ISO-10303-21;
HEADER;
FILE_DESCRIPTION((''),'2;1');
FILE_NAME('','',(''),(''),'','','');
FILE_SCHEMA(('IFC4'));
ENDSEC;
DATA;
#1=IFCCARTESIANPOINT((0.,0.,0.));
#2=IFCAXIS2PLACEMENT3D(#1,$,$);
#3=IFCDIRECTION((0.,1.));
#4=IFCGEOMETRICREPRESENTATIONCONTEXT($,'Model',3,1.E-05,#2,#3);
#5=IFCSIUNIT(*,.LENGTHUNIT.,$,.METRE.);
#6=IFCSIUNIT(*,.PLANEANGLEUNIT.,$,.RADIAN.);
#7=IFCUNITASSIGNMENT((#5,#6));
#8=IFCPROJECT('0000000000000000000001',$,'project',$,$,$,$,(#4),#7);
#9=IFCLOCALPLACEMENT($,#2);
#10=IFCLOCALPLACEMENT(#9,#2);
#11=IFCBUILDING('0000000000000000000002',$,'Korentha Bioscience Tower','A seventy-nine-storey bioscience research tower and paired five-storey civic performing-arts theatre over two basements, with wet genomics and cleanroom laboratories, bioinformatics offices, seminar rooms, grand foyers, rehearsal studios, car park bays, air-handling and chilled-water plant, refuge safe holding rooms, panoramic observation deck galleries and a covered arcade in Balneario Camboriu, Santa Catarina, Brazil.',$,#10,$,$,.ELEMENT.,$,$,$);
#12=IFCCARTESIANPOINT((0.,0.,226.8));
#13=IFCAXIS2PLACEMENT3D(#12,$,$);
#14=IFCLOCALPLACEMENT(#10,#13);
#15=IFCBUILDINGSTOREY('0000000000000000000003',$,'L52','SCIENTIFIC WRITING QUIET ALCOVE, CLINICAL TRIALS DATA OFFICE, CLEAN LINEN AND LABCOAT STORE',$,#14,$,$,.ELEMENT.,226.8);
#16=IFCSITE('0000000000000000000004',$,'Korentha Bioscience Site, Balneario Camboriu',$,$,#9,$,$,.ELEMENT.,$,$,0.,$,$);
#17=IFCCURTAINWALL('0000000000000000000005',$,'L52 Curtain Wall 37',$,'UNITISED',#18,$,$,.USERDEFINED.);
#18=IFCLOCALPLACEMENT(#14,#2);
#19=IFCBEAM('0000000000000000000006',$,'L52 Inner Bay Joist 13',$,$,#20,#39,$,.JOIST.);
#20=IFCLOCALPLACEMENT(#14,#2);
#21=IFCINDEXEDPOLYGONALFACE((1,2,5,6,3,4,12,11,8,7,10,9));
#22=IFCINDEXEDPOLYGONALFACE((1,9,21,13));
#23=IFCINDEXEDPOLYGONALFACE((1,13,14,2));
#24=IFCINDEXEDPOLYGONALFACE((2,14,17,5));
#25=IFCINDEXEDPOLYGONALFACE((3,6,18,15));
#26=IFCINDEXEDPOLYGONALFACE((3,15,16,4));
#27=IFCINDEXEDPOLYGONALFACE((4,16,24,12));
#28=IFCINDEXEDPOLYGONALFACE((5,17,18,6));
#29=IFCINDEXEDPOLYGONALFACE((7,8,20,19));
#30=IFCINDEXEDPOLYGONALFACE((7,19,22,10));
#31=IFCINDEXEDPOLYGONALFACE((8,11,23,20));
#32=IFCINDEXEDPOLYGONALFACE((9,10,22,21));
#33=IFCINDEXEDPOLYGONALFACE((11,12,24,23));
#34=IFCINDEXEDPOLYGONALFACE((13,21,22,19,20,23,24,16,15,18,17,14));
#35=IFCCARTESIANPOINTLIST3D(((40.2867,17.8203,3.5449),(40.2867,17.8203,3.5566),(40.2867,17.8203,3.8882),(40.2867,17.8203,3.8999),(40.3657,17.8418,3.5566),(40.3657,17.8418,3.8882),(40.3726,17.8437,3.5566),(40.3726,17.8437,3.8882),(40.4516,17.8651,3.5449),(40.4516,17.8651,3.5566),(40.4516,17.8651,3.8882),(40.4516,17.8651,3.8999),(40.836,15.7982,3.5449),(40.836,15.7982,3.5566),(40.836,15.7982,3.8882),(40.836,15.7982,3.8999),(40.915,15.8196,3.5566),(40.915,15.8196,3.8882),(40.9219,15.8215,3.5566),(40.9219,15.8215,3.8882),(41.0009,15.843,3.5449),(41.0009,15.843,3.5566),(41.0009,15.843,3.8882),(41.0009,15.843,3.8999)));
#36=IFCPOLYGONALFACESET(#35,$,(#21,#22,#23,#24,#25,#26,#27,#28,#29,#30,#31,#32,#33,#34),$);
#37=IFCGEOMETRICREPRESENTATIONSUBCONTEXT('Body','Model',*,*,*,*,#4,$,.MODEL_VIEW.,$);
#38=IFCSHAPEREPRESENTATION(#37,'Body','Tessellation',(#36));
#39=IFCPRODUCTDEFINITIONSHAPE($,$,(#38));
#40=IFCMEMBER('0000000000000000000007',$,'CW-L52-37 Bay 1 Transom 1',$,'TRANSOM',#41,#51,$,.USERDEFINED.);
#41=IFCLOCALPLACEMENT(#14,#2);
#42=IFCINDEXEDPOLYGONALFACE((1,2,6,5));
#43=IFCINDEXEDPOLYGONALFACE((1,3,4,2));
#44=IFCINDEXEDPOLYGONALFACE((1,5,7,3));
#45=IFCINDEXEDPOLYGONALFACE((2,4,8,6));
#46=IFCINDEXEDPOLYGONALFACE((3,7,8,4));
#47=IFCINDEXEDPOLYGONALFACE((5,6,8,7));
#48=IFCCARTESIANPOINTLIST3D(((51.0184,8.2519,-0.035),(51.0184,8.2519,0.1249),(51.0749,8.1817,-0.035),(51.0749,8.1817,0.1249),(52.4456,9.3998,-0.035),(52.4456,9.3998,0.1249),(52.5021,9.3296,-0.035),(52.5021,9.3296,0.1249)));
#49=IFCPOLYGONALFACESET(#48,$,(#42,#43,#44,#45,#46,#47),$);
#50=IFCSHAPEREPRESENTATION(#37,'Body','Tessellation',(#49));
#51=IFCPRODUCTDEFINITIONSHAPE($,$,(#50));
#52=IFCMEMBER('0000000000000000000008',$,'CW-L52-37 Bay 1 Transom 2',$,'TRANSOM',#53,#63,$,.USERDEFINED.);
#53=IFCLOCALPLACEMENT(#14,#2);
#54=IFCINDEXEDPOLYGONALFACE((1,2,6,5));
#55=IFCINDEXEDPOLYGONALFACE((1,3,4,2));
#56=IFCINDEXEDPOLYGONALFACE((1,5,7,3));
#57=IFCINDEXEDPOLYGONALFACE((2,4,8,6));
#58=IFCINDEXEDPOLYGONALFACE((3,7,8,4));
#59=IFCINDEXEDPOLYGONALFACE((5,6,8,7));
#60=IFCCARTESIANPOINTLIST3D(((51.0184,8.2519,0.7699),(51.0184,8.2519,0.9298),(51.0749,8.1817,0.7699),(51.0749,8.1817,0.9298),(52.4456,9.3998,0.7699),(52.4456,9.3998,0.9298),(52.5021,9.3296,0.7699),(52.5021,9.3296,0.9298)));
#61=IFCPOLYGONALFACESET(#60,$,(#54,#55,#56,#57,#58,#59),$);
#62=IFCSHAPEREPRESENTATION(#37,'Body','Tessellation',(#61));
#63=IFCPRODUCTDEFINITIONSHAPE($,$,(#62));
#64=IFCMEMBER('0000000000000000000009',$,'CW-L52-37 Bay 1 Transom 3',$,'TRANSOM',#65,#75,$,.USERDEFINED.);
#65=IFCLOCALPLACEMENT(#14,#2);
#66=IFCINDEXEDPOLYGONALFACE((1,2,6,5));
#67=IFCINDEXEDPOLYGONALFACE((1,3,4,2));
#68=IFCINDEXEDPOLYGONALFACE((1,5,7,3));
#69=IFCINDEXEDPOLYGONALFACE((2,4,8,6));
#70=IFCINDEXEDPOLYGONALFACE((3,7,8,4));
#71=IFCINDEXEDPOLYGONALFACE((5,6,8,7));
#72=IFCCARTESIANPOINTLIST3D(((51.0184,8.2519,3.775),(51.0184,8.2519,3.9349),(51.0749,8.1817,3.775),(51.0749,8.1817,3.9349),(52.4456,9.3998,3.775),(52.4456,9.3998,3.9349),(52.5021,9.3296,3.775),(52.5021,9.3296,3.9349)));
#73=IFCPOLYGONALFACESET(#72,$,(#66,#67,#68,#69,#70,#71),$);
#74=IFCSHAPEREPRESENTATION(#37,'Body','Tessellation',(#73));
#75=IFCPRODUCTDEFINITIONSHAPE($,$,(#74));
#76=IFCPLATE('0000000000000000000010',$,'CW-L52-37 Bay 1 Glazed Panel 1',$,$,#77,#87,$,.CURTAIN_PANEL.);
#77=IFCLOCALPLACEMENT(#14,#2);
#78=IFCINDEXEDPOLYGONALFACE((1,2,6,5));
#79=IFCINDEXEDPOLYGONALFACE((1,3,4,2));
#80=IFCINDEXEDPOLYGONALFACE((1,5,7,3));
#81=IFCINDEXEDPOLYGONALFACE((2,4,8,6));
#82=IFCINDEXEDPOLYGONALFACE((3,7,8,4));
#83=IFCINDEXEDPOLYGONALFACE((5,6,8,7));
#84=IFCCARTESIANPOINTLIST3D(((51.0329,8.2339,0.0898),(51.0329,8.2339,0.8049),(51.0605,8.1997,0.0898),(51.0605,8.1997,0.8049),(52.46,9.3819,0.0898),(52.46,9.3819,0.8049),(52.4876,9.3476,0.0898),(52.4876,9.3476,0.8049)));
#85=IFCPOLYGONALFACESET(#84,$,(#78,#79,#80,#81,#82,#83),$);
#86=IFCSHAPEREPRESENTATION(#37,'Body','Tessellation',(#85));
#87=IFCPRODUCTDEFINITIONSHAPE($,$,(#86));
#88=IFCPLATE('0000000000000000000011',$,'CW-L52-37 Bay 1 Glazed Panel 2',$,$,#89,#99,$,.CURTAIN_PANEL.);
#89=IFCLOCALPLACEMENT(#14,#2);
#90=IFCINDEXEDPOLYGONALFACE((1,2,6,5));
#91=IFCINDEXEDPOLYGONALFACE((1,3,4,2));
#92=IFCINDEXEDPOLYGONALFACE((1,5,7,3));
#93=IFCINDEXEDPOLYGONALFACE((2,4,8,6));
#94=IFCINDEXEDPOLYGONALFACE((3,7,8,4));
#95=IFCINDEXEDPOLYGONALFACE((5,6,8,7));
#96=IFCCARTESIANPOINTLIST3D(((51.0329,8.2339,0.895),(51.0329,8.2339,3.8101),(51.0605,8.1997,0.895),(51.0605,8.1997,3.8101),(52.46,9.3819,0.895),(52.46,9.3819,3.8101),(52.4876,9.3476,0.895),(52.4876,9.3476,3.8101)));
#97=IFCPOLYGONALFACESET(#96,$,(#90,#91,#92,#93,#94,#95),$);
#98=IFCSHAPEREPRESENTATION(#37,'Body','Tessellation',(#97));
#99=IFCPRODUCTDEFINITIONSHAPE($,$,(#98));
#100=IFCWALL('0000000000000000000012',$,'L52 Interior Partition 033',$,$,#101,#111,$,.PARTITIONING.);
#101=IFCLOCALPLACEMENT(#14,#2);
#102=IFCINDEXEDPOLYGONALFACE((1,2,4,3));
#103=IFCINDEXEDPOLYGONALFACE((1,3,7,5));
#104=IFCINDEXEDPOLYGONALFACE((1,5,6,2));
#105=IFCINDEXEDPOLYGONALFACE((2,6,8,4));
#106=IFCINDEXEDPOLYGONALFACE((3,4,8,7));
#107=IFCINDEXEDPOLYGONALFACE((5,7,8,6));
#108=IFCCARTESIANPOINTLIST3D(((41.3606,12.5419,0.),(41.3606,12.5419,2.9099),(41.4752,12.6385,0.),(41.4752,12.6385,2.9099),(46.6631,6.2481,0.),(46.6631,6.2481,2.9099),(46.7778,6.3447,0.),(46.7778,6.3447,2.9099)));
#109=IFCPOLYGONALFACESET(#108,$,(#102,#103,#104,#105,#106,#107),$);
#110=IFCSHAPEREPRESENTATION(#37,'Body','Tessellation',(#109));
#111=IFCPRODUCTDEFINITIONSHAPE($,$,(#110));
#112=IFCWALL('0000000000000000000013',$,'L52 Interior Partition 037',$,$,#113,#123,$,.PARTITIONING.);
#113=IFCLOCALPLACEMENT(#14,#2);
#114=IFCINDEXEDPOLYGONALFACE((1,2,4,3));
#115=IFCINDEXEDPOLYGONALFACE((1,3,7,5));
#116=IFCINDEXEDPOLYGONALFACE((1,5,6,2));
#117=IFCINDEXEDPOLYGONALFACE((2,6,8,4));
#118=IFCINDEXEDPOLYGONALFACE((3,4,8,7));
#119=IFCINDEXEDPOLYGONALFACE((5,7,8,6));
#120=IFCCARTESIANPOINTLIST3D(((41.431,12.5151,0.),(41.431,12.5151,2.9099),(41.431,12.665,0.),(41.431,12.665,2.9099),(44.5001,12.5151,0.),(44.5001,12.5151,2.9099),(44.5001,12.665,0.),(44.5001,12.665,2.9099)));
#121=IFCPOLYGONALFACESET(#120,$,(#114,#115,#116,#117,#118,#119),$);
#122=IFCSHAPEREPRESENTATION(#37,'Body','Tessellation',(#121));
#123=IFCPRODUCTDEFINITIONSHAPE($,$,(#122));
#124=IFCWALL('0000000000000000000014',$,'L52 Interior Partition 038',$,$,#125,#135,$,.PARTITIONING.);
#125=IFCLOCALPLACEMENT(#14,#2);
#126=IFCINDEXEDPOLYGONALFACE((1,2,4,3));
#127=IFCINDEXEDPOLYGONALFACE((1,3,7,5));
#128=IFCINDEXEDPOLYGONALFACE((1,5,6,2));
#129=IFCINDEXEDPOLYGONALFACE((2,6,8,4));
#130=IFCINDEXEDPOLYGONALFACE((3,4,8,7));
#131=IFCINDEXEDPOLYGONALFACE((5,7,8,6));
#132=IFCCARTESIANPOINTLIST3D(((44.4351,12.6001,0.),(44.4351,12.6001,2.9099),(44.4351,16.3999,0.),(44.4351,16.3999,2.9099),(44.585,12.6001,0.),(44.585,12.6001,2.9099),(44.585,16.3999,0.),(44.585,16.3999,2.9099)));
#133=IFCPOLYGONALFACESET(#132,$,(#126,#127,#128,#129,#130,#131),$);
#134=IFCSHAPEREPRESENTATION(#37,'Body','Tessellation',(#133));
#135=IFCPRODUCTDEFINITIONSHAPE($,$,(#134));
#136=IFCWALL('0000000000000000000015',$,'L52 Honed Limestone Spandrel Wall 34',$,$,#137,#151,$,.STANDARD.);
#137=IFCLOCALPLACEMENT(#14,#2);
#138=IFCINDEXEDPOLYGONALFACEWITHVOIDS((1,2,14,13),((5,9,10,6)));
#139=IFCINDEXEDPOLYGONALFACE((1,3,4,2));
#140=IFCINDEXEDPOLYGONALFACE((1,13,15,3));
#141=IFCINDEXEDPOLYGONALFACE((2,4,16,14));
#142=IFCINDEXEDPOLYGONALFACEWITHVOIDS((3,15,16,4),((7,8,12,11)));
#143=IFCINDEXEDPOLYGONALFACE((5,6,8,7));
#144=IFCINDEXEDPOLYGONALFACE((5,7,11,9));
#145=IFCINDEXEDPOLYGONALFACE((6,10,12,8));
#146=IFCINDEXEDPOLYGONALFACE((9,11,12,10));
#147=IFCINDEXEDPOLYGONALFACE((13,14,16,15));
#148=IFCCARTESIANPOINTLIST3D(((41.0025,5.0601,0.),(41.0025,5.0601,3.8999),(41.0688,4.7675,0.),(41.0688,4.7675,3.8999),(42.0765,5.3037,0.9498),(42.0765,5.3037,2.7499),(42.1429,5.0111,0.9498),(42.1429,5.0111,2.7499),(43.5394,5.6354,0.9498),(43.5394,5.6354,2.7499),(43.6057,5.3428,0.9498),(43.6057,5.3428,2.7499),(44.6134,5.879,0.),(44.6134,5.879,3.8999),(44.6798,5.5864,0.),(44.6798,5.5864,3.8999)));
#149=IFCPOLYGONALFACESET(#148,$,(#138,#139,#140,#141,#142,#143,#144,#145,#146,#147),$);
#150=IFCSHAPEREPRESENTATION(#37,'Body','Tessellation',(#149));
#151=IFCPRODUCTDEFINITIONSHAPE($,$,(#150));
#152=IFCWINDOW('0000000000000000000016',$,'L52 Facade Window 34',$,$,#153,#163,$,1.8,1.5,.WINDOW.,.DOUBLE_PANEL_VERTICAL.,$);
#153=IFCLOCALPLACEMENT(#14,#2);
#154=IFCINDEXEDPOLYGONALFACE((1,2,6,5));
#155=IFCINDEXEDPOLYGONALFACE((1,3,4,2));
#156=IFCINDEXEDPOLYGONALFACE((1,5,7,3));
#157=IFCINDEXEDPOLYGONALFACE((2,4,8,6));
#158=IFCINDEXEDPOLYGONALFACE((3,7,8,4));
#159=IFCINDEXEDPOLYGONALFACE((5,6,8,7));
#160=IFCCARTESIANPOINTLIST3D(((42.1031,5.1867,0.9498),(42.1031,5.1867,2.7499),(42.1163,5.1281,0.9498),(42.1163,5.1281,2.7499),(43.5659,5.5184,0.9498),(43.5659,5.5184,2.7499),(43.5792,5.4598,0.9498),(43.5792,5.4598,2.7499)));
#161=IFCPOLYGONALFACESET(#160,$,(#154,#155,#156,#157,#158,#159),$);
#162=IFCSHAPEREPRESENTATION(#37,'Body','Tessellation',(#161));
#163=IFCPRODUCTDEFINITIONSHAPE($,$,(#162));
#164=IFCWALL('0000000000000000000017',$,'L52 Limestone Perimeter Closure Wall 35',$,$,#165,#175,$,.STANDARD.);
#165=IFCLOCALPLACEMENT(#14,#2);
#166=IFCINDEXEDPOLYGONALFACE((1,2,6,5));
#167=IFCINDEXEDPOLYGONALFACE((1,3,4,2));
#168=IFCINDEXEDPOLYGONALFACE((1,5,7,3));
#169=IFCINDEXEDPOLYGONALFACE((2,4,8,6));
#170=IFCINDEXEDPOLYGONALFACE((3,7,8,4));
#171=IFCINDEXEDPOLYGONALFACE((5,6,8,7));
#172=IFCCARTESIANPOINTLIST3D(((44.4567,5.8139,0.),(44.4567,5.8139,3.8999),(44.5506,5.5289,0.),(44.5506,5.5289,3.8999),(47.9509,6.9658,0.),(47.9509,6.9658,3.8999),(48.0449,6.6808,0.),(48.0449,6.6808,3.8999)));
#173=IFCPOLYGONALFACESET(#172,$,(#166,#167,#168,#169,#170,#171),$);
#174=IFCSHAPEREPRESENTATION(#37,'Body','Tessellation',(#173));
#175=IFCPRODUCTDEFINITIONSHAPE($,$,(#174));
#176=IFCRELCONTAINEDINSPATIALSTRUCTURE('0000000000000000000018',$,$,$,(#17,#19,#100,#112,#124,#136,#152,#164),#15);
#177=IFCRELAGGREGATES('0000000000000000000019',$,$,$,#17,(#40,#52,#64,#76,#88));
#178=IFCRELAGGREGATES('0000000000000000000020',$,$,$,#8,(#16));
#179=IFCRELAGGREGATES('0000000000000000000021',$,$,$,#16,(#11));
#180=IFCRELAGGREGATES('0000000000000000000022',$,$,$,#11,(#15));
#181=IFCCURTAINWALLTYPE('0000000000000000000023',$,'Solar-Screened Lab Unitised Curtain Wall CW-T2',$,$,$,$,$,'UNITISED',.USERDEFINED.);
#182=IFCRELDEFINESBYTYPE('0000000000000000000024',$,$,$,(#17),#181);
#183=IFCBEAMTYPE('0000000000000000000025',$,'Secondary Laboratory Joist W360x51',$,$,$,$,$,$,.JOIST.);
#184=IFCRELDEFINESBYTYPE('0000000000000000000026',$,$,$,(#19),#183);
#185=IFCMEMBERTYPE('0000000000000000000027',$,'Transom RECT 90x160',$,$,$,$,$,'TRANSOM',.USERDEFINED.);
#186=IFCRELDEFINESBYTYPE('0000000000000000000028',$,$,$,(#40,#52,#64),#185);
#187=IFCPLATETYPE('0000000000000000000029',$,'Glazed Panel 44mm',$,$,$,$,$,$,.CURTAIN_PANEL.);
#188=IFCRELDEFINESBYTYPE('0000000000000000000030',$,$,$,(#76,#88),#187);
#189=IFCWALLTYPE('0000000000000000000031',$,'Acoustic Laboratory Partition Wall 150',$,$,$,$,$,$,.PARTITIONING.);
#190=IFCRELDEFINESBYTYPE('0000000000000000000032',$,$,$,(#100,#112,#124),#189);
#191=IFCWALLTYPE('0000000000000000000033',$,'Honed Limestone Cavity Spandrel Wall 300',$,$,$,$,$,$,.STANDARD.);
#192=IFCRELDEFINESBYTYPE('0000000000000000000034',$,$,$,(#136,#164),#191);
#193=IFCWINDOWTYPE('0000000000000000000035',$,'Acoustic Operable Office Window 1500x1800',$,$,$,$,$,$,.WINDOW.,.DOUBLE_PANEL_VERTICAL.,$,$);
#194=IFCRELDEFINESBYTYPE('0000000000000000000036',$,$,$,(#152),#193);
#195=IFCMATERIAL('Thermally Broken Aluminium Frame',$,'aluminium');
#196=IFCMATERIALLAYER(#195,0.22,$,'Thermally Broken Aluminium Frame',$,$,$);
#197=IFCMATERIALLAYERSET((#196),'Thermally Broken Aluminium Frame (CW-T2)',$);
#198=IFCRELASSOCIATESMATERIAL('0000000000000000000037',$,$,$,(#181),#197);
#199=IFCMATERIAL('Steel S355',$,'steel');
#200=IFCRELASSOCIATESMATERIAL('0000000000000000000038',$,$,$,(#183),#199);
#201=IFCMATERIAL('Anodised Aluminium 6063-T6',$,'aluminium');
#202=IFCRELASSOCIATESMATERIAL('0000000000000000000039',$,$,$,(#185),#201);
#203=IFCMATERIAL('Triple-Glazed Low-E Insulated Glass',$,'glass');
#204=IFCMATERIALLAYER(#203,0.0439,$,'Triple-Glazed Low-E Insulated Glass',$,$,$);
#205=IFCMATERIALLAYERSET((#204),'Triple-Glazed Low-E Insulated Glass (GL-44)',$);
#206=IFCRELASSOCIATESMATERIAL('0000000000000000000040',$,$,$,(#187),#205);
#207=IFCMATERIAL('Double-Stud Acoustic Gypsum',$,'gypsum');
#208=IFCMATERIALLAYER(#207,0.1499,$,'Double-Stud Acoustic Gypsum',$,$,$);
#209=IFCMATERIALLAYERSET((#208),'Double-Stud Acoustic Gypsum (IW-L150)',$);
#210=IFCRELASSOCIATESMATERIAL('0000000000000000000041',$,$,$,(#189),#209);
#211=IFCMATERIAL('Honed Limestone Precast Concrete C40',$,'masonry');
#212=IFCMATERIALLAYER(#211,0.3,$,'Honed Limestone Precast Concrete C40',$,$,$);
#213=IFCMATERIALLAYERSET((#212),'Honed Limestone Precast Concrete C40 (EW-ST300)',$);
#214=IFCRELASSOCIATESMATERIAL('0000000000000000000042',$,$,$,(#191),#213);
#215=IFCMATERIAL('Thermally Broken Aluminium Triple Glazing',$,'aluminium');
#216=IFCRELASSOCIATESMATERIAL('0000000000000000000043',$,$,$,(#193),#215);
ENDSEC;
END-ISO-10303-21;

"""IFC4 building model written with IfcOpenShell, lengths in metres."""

from ifc_helpers import new_model, si_unit, direction, frame, frame_2d, origin, origin_2d, place, context, subcontext, project, spatial, rectangle, i_section, extrude, material, layer, layer_set, material_profile, profile_set, type_object, element, fill, aggregate, save


model = new_model("IFC4")

# Units and contexts
model_context = context("Model", 3, precision=1e-05, world=origin(), true_north=direction((0.0, 1.0)))
body_context = subcontext(model_context, "Body", "Model", "MODEL_VIEW")
ifc_project = project(units=[si_unit("LENGTHUNIT", "METRE"), si_unit("PLANEANGLEUNIT", "RADIAN")], contexts=[model_context])

# Site, building, storey
site_placement = place(None, origin())
site = spatial("IfcSite", under=ifc_project, at=site_placement, Name="Korentha Bioscience Site, Balneario Camboriu", CompositionType="ELEMENT", RefElevation=0.0)
building_placement = place(site_placement, origin())
building = spatial("IfcBuilding", under=site, at=building_placement, Name="Korentha Bioscience Tower", Description="A seventy-nine-storey bioscience research tower and paired five-storey civic performing-arts theatre over two basements, with wet genomics and cleanroom laboratories, bioinformatics offices, seminar rooms, grand foyers, rehearsal studios, car park bays, air-handling and chilled-water plant, refuge safe holding rooms, panoramic observation deck galleries and a covered arcade in Balneario Camboriu, Santa Catarina, Brazil.", CompositionType="ELEMENT")
storey_placement = place(building_placement, frame((0.0, 0.0, 226.8)))
storey = spatial("IfcBuildingStorey", under=building, at=storey_placement, Name="L52", Description="SCIENTIFIC WRITING QUIET ALCOVE, CLINICAL TRIALS DATA OFFICE, CLEAN LINEN AND LABCOAT STORE", CompositionType="ELEMENT", Elevation=226.8)

# Shared definitions
ifc_material_1 = material(Name="Steel S355", Category="steel")

# Curtain wall
ifc_material_2 = material(Name="Thermally Broken Aluminium Frame", Category="aluminium")
ifc_layer_1 = layer(ifc_material_2, 0.22, Name="Thermally Broken Aluminium Frame")
ifc_layer_set_1 = layer_set([ifc_layer_1], Name="Thermally Broken Aluminium Frame (CW-T2)")
curtain_wall_type = type_object("IfcCurtainWallType", Name="Solar-Screened Lab Unitised Curtain Wall CW-T2", ElementType="UNITISED", PredefinedType="USERDEFINED", material=ifc_layer_set_1)
curtain_wall_placement = place(storey_placement, origin())
curtain_wall = element("IfcCurtainWall", 1, at=curtain_wall_placement, inside=storey, type_object=curtain_wall_type, Name="L52 Curtain Wall 37", ObjectType="UNITISED", PredefinedType="USERDEFINED")
ifc_material_3 = material(Name="Anodised Aluminium 6063-T6", Category="aluminium")

# Beam
ifc_material_profile_1 = material_profile(ifc_material_1, i_section(OverallWidth=0.1709, OverallDepth=0.355, WebThickness=0.0071, FlangeThickness=0.0117, at=origin_2d()), Name="Steel S355")
ifc_profile_set_1 = profile_set([ifc_material_profile_1], Name="Steel S355 (JB-360)")
beam_type_1 = type_object("IfcBeamType", Name="Secondary Laboratory Joist W360x51", PredefinedType="JOIST", material=ifc_profile_set_1)
beam_1_placement = place(storey_placement, frame((40.9185, 15.8206, 3.7224), z_axis=(-0.262141, 0.96503, 0.0), x_axis=(-0.96503, -0.262141, 0.0)))
element("IfcBeam", 2, at=beam_1_placement, inside=storey, type_object=beam_type_1, Name="L52 Inner Bay Joist 13", PredefinedType="JOIST", context=body_context, shape_type="SweptSolid", body=[
    extrude(i_section(OverallWidth=0.1709, OverallDepth=0.355, WebThickness=0.0071, FlangeThickness=0.0117, at=origin_2d()), origin(), (0.0, 0.0, 1.0), 2.0955),
])

# Members
ifc_material_profile_2 = material_profile(ifc_material_3, rectangle(XDim=0.0901, YDim=0.1599, at=origin_2d()), Name="Anodised Aluminium 6063-T6")
ifc_profile_set_2 = profile_set([ifc_material_profile_2], Name="Anodised Aluminium 6063-T6 (CW-TRN)")
member_type_1 = type_object("IfcMemberType", Name="Transom RECT 90x160", ElementType="TRANSOM", PredefinedType="USERDEFINED", material=ifc_profile_set_2)
member_1_placement = place(storey_placement, frame((51.0466, 8.2168, 0.0449), z_axis=(0.779228, 0.626741, 0.0), x_axis=(-0.626741, 0.779228, 0.0)))
member_1 = element("IfcMember", 3, at=member_1_placement, type_object=member_type_1, Name="CW-L52-37 Bay 1 Transom 1", ObjectType="TRANSOM", PredefinedType="USERDEFINED", context=body_context, shape_type="SweptSolid", body=[
    extrude(rectangle(XDim=0.0901, YDim=0.1599, at=origin_2d()), origin(), (0.0, 0.0, 1.0), 1.8315),
])
member_2_placement = place(storey_placement, frame((51.0466, 8.2168, 0.8499), z_axis=(0.779228, 0.626741, 0.0), x_axis=(-0.626741, 0.779228, 0.0)))
member_2 = element("IfcMember", 4, at=member_2_placement, type_object=member_type_1, Name="CW-L52-37 Bay 1 Transom 2", ObjectType="TRANSOM", PredefinedType="USERDEFINED", context=body_context, shape_type="SweptSolid", body=[
    extrude(rectangle(XDim=0.0901, YDim=0.1599, at=origin_2d()), origin(), (0.0, 0.0, 1.0), 1.8315),
])
member_3_placement = place(storey_placement, frame((51.0466, 8.2168, 3.855), z_axis=(0.779228, 0.626741, 0.0), x_axis=(-0.626741, 0.779228, 0.0)))
member_3 = element("IfcMember", 5, at=member_3_placement, type_object=member_type_1, Name="CW-L52-37 Bay 1 Transom 3", ObjectType="TRANSOM", PredefinedType="USERDEFINED", context=body_context, shape_type="SweptSolid", body=[
    extrude(rectangle(XDim=0.0901, YDim=0.1599, at=origin_2d()), origin(), (0.0, 0.0, 1.0), 1.8315),
])

# Plates
ifc_material_4 = material(Name="Triple-Glazed Low-E Insulated Glass", Category="glass")
ifc_layer_2 = layer(ifc_material_4, 0.0439, Name="Triple-Glazed Low-E Insulated Glass")
ifc_layer_set_2 = layer_set([ifc_layer_2], Name="Triple-Glazed Low-E Insulated Glass (GL-44)")
plate_type = type_object("IfcPlateType", Name="Glazed Panel 44mm", PredefinedType="CURTAIN_PANEL", material=ifc_layer_set_2)
plate_1_placement = place(storey_placement, frame((51.7603, 8.7908, 0.0898), z_axis=(0.0, 0.0, 1.0), x_axis=(0.779198, 0.626778, 0.0)))
plate_1 = element("IfcPlate", 6, at=plate_1_placement, type_object=plate_type, Name="CW-L52-37 Bay 1 Glazed Panel 1", PredefinedType="CURTAIN_PANEL", context=body_context, shape_type="SweptSolid", body=[
    extrude(rectangle(XDim=1.8315, YDim=0.0439, at=origin_2d()), origin(), (0.0, 0.0, 1.0), 0.7151),
])
plate_2_placement = place(storey_placement, frame((51.7603, 8.7908, 0.895), z_axis=(0.0, 0.0, 1.0), x_axis=(0.779198, 0.626778, 0.0)))
plate_2 = element("IfcPlate", 7, at=plate_2_placement, type_object=plate_type, Name="CW-L52-37 Bay 1 Glazed Panel 2", PredefinedType="CURTAIN_PANEL", context=body_context, shape_type="SweptSolid", body=[
    extrude(rectangle(XDim=1.8315, YDim=0.0439, at=origin_2d()), origin(), (0.0, 0.0, 1.0), 2.915),
])
aggregate(curtain_wall, [member_1, member_2, member_3, plate_1, plate_2])

# Walls
ifc_material_5 = material(Name="Double-Stud Acoustic Gypsum", Category="gypsum")
ifc_layer_3 = layer(ifc_material_5, 0.1499, Name="Double-Stud Acoustic Gypsum")
ifc_layer_set_3 = layer_set([ifc_layer_3], Name="Double-Stud Acoustic Gypsum (IW-L150)")
wall_type_1 = type_object("IfcWallType", Name="Acoustic Laboratory Partition Wall 150", PredefinedType="PARTITIONING", material=ifc_layer_set_3)
wall_1_placement = place(storey_placement, frame((41.418, 12.5901, 0.0), z_axis=(0.0, 0.0, 1.0), x_axis=(0.644316, -0.76476, 0.0)))
element("IfcWall", 8, at=wall_1_placement, inside=storey, type_object=wall_type_1, Name="L52 Interior Partition 033", PredefinedType="PARTITIONING", context=body_context, shape_type="SweptSolid", body=[
    extrude(rectangle(XDim=8.2297, YDim=0.1499, at=frame_2d((4.1147, 0.0))), origin(), (0.0, 0.0, 1.0), 2.9099),
])
wall_2_placement = place(storey_placement, frame((41.4309, 12.5901, 0.0), z_axis=(0.0, 0.0, 1.0), x_axis=(1.0, 0.0, 0.0)))
element("IfcWall", 9, at=wall_2_placement, inside=storey, type_object=wall_type_1, Name="L52 Interior Partition 037", PredefinedType="PARTITIONING", context=body_context, shape_type="SweptSolid", body=[
    extrude(rectangle(XDim=3.0691, YDim=0.1499, at=frame_2d((1.5347, 0.0))), origin(), (0.0, 0.0, 1.0), 2.9099),
])
wall_3_placement = place(storey_placement, frame((44.51, 12.6001, 0.0), z_axis=(0.0, 0.0, 1.0), x_axis=(0.0, 1.0, 0.0)))
element("IfcWall", 10, at=wall_3_placement, inside=storey, type_object=wall_type_1, Name="L52 Interior Partition 038", PredefinedType="PARTITIONING", context=body_context, shape_type="SweptSolid", body=[
    extrude(rectangle(XDim=3.7998, YDim=0.1499, at=frame_2d((1.8999, 0.0))), origin(), (0.0, 0.0, 1.0), 2.9099),
])

# Wall, opening, window
ifc_material_6 = material(Name="Honed Limestone Precast Concrete C40", Category="masonry")
ifc_layer_4 = layer(ifc_material_6, 0.3, Name="Honed Limestone Precast Concrete C40")
ifc_layer_set_4 = layer_set([ifc_layer_4], Name="Honed Limestone Precast Concrete C40 (EW-ST300)")
wall_type_2 = type_object("IfcWallType", Name="Honed Limestone Cavity Spandrel Wall 300", PredefinedType="STANDARD", material=ifc_layer_set_4)
wall_4_placement = place(storey_placement, frame((41.0356, 4.9138, 0.0), z_axis=(0.0, 0.0, 1.0), x_axis=(0.975238, 0.221159, 0.0)))
wall_4 = element("IfcWall", 11, at=wall_4_placement, inside=storey, type_object=wall_type_2, Name="L52 Honed Limestone Spandrel Wall 34", PredefinedType="STANDARD", context=body_context, shape_type="SweptSolid", body=[
    extrude(rectangle(XDim=3.7026, YDim=0.3, at=frame_2d((1.8513, 0.0))), origin(), (0.0, 0.0, 1.0), 3.8999),
])
opening_placement = place(wall_4_placement, frame((1.1013, 0.0, 0.95)))
opening = element("IfcOpeningElement", 12, at=opening_placement, cuts=wall_4, PredefinedType="OPENING", context=body_context, shape_type="SweptSolid", body=[
    extrude(rectangle(XDim=1.5, YDim=1.8, at=frame_2d((0.75, 0.8999))), frame((0.0, 0.165, 0.0), z_axis=(0.0, -1.0, 0.0), x_axis=(1.0, 0.0, 0.0)), (0.0, 0.0, 1.0), 0.3298),
])
ifc_material_7 = material(Name="Thermally Broken Aluminium Triple Glazing", Category="aluminium")
window_type = type_object("IfcWindowType", Name="Acoustic Operable Office Window 1500x1800", PartitioningType="DOUBLE_PANEL_VERTICAL", PredefinedType="WINDOW", material=ifc_material_7)
window_placement = place(opening_placement, origin())
window = element("IfcWindow", 13, at=window_placement, inside=storey, type_object=window_type, Name="L52 Facade Window 34", OverallHeight=1.8, OverallWidth=1.5, PartitioningType="DOUBLE_PANEL_VERTICAL", PredefinedType="WINDOW", context=body_context, shape_type="SweptSolid", body=[
    extrude(rectangle(XDim=1.5, YDim=1.8, at=frame_2d((0.75, 0.8999))), frame((0.0, 0.03, 0.0), z_axis=(0.0, -1.0, 0.0), x_axis=(1.0, 0.0, 0.0)), (0.0, 0.0, 1.0), 0.0601),
])
fill(opening, window)

# Wall
wall_5_placement = place(storey_placement, frame((44.5037, 5.6714, 0.0), z_axis=(0.0, 0.0, 1.0), x_axis=(0.949727, 0.313081, 0.0)))
element("IfcWall", 14, at=wall_5_placement, inside=storey, type_object=wall_type_2, Name="L52 Limestone Perimeter Closure Wall 35", PredefinedType="STANDARD", context=body_context, shape_type="SweptSolid", body=[
    extrude(rectangle(XDim=3.6792, YDim=0.3, at=frame_2d((1.8396, 0.0))), origin(), (0.0, 0.0, 1.0), 3.8999),
])

save(model, "model.ifc")
